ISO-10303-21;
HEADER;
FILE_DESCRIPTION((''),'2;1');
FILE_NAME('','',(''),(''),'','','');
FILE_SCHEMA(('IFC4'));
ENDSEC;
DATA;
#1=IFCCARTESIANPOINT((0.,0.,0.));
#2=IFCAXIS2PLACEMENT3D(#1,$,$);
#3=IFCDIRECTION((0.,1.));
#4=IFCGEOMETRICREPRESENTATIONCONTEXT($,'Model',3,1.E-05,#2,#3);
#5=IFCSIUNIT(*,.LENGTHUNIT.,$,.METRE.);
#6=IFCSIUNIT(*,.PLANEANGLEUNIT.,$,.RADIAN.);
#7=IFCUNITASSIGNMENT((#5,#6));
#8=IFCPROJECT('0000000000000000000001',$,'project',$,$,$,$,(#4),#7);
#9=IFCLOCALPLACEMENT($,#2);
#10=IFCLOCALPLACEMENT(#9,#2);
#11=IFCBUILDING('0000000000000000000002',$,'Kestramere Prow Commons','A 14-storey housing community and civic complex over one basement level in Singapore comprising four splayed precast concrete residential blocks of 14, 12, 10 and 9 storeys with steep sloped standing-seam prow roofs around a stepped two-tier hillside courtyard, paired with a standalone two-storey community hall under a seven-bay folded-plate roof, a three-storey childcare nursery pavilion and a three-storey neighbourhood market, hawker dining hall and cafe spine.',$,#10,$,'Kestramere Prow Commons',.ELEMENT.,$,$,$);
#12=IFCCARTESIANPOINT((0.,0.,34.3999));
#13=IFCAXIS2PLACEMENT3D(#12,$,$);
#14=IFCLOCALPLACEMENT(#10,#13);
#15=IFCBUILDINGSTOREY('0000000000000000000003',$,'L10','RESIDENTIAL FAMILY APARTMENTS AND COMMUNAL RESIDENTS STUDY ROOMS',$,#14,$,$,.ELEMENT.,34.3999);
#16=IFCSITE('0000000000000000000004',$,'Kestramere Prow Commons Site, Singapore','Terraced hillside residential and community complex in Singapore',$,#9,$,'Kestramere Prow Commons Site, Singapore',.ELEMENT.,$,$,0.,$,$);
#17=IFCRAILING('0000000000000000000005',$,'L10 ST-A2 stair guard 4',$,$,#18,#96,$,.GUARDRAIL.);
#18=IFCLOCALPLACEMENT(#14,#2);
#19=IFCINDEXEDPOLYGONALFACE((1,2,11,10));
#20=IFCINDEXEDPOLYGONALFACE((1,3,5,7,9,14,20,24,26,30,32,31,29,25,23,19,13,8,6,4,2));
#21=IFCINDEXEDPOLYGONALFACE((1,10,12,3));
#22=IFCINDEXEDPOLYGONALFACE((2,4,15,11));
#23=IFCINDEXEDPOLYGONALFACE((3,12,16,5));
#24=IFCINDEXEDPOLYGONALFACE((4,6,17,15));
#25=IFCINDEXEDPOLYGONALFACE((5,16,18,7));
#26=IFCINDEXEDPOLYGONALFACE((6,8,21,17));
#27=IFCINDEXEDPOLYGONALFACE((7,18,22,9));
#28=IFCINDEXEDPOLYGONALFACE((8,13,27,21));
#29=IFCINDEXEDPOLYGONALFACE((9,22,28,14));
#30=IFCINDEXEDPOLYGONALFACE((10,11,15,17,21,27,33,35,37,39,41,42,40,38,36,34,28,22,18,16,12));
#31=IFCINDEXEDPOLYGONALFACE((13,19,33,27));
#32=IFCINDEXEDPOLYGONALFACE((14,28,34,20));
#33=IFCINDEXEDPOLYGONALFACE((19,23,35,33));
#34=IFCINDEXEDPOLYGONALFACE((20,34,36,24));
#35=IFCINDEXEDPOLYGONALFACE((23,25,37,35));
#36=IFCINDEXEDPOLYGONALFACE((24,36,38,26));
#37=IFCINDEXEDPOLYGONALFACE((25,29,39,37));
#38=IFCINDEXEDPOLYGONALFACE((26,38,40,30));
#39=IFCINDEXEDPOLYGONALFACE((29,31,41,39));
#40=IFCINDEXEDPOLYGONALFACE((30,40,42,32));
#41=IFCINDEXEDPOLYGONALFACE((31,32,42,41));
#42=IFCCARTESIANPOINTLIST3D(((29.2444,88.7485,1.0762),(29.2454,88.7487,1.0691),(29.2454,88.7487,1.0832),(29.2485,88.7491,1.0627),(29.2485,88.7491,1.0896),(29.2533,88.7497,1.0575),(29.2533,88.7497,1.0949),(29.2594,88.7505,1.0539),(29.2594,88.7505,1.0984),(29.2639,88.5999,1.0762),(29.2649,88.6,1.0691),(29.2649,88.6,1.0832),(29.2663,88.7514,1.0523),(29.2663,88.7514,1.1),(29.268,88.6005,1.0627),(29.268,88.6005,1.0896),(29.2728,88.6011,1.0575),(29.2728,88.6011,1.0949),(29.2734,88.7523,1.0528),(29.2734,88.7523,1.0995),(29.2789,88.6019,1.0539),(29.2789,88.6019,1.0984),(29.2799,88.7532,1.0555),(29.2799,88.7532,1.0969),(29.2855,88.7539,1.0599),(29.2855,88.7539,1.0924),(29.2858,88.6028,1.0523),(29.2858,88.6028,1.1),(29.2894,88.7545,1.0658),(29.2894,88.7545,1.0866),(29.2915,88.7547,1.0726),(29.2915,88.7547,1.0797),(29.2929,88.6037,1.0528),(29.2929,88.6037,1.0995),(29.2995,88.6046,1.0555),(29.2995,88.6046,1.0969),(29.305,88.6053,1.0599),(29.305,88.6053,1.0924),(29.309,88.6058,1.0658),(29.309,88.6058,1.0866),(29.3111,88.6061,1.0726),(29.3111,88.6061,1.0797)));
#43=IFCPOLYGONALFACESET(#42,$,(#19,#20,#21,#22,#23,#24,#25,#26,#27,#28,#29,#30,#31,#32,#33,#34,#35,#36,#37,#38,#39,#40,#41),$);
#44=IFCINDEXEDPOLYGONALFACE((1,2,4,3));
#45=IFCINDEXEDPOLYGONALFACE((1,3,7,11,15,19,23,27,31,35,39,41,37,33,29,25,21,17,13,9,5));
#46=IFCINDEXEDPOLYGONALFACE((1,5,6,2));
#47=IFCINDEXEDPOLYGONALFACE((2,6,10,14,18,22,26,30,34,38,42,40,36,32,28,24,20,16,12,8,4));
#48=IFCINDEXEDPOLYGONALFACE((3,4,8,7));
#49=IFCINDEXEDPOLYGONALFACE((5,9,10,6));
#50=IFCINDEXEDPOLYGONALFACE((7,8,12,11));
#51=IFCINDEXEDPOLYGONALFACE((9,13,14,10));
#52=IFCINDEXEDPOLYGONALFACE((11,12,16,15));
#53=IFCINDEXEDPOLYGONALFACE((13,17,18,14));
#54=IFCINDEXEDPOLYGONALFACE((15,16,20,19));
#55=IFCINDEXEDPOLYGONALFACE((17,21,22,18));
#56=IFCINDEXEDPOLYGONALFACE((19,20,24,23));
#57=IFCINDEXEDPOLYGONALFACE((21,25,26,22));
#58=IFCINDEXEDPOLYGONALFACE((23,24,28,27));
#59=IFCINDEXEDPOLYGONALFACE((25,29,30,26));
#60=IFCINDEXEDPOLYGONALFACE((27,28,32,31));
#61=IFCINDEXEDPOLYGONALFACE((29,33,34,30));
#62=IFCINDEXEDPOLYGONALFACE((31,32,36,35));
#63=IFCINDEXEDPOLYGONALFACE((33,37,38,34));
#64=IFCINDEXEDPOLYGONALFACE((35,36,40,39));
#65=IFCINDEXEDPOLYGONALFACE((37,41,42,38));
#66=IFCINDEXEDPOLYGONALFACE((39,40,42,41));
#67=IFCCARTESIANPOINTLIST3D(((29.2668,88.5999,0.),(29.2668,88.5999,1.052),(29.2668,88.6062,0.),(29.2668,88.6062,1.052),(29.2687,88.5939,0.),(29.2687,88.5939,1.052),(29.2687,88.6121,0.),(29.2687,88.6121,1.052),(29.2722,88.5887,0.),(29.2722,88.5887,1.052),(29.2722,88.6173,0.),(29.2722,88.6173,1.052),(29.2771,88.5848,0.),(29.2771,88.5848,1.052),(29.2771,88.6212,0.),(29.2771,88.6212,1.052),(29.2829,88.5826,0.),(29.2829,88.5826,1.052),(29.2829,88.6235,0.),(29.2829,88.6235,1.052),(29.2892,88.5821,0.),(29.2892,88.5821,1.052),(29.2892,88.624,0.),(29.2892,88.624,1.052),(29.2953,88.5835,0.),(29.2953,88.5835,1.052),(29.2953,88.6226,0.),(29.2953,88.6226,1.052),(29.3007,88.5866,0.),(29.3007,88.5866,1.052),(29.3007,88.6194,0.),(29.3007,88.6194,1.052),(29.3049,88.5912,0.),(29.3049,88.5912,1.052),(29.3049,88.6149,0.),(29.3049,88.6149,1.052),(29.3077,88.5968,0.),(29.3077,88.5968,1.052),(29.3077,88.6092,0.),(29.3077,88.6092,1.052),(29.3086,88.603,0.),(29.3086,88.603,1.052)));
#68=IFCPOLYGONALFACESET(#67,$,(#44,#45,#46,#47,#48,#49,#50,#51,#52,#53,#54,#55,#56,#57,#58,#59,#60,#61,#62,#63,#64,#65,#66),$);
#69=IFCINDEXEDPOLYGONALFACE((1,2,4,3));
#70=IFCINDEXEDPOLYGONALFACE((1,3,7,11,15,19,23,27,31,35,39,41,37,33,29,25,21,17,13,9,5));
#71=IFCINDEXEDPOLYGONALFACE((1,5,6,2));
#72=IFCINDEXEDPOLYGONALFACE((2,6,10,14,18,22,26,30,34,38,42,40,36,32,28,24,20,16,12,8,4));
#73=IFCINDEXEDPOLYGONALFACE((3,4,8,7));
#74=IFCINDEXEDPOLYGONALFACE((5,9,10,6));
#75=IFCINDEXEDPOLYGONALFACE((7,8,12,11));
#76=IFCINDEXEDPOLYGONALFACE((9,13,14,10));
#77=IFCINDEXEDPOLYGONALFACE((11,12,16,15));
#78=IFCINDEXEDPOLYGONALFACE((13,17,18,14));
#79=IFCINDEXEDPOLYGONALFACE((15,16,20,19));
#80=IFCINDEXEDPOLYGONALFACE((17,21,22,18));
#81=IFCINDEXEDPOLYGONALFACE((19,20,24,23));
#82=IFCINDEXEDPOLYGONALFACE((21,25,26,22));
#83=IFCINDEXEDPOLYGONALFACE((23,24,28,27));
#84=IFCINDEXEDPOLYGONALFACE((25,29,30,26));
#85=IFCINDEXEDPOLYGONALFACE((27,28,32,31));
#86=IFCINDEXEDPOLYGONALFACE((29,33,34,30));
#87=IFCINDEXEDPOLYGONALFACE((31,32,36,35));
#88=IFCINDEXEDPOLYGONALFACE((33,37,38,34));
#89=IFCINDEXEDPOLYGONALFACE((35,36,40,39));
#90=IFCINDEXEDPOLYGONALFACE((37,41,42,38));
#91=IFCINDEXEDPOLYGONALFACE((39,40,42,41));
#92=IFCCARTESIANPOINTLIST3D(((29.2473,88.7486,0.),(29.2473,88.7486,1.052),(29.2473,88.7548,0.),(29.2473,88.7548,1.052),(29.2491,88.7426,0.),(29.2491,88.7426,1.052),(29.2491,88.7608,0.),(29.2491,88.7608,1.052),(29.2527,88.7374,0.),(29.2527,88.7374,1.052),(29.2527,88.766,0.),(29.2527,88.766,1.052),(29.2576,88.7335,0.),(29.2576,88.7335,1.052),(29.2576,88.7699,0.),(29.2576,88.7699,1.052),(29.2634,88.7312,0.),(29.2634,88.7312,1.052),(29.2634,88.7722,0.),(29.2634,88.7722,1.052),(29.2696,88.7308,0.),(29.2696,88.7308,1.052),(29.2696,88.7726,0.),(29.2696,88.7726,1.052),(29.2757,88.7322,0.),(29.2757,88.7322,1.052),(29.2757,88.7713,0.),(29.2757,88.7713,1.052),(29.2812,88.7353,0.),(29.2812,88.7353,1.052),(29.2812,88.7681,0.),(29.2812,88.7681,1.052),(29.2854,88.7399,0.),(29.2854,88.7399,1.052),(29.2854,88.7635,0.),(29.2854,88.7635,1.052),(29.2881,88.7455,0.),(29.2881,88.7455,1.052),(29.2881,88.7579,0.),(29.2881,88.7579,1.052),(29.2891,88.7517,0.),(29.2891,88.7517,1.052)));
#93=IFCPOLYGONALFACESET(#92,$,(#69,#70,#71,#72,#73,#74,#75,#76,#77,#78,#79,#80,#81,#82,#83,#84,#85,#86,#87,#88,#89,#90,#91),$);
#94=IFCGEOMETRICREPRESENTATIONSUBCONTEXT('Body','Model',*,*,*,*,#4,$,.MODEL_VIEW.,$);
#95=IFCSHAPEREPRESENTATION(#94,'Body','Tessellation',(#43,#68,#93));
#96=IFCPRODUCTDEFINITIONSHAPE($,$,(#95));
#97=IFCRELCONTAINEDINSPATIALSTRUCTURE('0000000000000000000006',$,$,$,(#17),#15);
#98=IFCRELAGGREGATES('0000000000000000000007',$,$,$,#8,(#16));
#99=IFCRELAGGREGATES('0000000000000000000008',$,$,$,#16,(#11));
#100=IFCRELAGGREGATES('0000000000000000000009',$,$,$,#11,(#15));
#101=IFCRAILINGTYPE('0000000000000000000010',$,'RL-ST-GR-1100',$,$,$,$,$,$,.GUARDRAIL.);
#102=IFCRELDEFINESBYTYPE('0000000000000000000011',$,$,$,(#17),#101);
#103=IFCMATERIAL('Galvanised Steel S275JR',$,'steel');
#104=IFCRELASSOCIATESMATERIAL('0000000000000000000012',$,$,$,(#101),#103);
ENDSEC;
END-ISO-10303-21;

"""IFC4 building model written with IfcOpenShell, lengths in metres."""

from ifc_helpers import new_model, si_unit, direction, frame, origin, origin_2d, place, context, subcontext, project, spatial, circle, extrude, material, type_object, element, save


model = new_model("IFC4")

# Units and contexts
model_context = context("Model", 3, precision=1e-05, world=origin(), true_north=direction((0.0, 1.0)))
body_context = subcontext(model_context, "Body", "Model", "MODEL_VIEW")
ifc_project = project(units=[si_unit("LENGTHUNIT", "METRE"), si_unit("PLANEANGLEUNIT", "RADIAN")], contexts=[model_context])

# Site, building, storey
site_placement = place(None, origin())
site = spatial("IfcSite", under=ifc_project, at=site_placement, Name="Kestramere Prow Commons Site, Singapore", Description="Terraced hillside residential and community complex in Singapore", LongName="Kestramere Prow Commons Site, Singapore", CompositionType="ELEMENT", RefElevation=0.0)
building_placement = place(site_placement, origin())
building = spatial("IfcBuilding", under=site, at=building_placement, Name="Kestramere Prow Commons", Description="A 14-storey housing community and civic complex over one basement level in Singapore comprising four splayed precast concrete residential blocks of 14, 12, 10 and 9 storeys with steep sloped standing-seam prow roofs around a stepped two-tier hillside courtyard, paired with a standalone two-storey community hall under a seven-bay folded-plate roof, a three-storey childcare nursery pavilion and a three-storey neighbourhood market, hawker dining hall and cafe spine.", LongName="Kestramere Prow Commons", CompositionType="ELEMENT")
storey_placement = place(building_placement, frame((0.0, 0.0, 34.3999)))
storey = spatial("IfcBuildingStorey", under=building, at=storey_placement, Name="L10", Description="RESIDENTIAL FAMILY APARTMENTS AND COMMUNAL RESIDENTS STUDY ROOMS", CompositionType="ELEMENT", Elevation=34.3999)

# Railing
ifc_material_1 = material(Name="Galvanised Steel S275JR", Category="steel")
railing_type_1 = type_object("IfcRailingType", Name="RL-ST-GR-1100", PredefinedType="GUARDRAIL", material=ifc_material_1)
railing_1_placement = place(storey_placement, frame((29.2876, 88.603, 0.0)))
element("IfcRailing", 1, at=railing_1_placement, inside=storey, type_object=railing_type_1, Name="L10 ST-A2 stair guard 4", PredefinedType="GUARDRAIL", context=body_context, shape_type="SweptSolid", body=[
    extrude(circle(Radius=0.0239, at=origin_2d()), frame((0.0, 0.0, 1.0762), z_axis=(-0.130244, 0.991482, 0.0), x_axis=(-0.991482, -0.130244, 0.0)), (0.0, 0.0, 1.0), 0.1499),
    extrude(circle(Radius=0.021, at=origin_2d()), origin(), (0.0, 0.0, 1.0), 1.052),
    extrude(circle(Radius=0.021, at=origin_2d()), frame((-0.0195, 0.1487, 0.0)), (0.0, 0.0, 1.0), 1.052),
])

save(model, "model.ifc")
